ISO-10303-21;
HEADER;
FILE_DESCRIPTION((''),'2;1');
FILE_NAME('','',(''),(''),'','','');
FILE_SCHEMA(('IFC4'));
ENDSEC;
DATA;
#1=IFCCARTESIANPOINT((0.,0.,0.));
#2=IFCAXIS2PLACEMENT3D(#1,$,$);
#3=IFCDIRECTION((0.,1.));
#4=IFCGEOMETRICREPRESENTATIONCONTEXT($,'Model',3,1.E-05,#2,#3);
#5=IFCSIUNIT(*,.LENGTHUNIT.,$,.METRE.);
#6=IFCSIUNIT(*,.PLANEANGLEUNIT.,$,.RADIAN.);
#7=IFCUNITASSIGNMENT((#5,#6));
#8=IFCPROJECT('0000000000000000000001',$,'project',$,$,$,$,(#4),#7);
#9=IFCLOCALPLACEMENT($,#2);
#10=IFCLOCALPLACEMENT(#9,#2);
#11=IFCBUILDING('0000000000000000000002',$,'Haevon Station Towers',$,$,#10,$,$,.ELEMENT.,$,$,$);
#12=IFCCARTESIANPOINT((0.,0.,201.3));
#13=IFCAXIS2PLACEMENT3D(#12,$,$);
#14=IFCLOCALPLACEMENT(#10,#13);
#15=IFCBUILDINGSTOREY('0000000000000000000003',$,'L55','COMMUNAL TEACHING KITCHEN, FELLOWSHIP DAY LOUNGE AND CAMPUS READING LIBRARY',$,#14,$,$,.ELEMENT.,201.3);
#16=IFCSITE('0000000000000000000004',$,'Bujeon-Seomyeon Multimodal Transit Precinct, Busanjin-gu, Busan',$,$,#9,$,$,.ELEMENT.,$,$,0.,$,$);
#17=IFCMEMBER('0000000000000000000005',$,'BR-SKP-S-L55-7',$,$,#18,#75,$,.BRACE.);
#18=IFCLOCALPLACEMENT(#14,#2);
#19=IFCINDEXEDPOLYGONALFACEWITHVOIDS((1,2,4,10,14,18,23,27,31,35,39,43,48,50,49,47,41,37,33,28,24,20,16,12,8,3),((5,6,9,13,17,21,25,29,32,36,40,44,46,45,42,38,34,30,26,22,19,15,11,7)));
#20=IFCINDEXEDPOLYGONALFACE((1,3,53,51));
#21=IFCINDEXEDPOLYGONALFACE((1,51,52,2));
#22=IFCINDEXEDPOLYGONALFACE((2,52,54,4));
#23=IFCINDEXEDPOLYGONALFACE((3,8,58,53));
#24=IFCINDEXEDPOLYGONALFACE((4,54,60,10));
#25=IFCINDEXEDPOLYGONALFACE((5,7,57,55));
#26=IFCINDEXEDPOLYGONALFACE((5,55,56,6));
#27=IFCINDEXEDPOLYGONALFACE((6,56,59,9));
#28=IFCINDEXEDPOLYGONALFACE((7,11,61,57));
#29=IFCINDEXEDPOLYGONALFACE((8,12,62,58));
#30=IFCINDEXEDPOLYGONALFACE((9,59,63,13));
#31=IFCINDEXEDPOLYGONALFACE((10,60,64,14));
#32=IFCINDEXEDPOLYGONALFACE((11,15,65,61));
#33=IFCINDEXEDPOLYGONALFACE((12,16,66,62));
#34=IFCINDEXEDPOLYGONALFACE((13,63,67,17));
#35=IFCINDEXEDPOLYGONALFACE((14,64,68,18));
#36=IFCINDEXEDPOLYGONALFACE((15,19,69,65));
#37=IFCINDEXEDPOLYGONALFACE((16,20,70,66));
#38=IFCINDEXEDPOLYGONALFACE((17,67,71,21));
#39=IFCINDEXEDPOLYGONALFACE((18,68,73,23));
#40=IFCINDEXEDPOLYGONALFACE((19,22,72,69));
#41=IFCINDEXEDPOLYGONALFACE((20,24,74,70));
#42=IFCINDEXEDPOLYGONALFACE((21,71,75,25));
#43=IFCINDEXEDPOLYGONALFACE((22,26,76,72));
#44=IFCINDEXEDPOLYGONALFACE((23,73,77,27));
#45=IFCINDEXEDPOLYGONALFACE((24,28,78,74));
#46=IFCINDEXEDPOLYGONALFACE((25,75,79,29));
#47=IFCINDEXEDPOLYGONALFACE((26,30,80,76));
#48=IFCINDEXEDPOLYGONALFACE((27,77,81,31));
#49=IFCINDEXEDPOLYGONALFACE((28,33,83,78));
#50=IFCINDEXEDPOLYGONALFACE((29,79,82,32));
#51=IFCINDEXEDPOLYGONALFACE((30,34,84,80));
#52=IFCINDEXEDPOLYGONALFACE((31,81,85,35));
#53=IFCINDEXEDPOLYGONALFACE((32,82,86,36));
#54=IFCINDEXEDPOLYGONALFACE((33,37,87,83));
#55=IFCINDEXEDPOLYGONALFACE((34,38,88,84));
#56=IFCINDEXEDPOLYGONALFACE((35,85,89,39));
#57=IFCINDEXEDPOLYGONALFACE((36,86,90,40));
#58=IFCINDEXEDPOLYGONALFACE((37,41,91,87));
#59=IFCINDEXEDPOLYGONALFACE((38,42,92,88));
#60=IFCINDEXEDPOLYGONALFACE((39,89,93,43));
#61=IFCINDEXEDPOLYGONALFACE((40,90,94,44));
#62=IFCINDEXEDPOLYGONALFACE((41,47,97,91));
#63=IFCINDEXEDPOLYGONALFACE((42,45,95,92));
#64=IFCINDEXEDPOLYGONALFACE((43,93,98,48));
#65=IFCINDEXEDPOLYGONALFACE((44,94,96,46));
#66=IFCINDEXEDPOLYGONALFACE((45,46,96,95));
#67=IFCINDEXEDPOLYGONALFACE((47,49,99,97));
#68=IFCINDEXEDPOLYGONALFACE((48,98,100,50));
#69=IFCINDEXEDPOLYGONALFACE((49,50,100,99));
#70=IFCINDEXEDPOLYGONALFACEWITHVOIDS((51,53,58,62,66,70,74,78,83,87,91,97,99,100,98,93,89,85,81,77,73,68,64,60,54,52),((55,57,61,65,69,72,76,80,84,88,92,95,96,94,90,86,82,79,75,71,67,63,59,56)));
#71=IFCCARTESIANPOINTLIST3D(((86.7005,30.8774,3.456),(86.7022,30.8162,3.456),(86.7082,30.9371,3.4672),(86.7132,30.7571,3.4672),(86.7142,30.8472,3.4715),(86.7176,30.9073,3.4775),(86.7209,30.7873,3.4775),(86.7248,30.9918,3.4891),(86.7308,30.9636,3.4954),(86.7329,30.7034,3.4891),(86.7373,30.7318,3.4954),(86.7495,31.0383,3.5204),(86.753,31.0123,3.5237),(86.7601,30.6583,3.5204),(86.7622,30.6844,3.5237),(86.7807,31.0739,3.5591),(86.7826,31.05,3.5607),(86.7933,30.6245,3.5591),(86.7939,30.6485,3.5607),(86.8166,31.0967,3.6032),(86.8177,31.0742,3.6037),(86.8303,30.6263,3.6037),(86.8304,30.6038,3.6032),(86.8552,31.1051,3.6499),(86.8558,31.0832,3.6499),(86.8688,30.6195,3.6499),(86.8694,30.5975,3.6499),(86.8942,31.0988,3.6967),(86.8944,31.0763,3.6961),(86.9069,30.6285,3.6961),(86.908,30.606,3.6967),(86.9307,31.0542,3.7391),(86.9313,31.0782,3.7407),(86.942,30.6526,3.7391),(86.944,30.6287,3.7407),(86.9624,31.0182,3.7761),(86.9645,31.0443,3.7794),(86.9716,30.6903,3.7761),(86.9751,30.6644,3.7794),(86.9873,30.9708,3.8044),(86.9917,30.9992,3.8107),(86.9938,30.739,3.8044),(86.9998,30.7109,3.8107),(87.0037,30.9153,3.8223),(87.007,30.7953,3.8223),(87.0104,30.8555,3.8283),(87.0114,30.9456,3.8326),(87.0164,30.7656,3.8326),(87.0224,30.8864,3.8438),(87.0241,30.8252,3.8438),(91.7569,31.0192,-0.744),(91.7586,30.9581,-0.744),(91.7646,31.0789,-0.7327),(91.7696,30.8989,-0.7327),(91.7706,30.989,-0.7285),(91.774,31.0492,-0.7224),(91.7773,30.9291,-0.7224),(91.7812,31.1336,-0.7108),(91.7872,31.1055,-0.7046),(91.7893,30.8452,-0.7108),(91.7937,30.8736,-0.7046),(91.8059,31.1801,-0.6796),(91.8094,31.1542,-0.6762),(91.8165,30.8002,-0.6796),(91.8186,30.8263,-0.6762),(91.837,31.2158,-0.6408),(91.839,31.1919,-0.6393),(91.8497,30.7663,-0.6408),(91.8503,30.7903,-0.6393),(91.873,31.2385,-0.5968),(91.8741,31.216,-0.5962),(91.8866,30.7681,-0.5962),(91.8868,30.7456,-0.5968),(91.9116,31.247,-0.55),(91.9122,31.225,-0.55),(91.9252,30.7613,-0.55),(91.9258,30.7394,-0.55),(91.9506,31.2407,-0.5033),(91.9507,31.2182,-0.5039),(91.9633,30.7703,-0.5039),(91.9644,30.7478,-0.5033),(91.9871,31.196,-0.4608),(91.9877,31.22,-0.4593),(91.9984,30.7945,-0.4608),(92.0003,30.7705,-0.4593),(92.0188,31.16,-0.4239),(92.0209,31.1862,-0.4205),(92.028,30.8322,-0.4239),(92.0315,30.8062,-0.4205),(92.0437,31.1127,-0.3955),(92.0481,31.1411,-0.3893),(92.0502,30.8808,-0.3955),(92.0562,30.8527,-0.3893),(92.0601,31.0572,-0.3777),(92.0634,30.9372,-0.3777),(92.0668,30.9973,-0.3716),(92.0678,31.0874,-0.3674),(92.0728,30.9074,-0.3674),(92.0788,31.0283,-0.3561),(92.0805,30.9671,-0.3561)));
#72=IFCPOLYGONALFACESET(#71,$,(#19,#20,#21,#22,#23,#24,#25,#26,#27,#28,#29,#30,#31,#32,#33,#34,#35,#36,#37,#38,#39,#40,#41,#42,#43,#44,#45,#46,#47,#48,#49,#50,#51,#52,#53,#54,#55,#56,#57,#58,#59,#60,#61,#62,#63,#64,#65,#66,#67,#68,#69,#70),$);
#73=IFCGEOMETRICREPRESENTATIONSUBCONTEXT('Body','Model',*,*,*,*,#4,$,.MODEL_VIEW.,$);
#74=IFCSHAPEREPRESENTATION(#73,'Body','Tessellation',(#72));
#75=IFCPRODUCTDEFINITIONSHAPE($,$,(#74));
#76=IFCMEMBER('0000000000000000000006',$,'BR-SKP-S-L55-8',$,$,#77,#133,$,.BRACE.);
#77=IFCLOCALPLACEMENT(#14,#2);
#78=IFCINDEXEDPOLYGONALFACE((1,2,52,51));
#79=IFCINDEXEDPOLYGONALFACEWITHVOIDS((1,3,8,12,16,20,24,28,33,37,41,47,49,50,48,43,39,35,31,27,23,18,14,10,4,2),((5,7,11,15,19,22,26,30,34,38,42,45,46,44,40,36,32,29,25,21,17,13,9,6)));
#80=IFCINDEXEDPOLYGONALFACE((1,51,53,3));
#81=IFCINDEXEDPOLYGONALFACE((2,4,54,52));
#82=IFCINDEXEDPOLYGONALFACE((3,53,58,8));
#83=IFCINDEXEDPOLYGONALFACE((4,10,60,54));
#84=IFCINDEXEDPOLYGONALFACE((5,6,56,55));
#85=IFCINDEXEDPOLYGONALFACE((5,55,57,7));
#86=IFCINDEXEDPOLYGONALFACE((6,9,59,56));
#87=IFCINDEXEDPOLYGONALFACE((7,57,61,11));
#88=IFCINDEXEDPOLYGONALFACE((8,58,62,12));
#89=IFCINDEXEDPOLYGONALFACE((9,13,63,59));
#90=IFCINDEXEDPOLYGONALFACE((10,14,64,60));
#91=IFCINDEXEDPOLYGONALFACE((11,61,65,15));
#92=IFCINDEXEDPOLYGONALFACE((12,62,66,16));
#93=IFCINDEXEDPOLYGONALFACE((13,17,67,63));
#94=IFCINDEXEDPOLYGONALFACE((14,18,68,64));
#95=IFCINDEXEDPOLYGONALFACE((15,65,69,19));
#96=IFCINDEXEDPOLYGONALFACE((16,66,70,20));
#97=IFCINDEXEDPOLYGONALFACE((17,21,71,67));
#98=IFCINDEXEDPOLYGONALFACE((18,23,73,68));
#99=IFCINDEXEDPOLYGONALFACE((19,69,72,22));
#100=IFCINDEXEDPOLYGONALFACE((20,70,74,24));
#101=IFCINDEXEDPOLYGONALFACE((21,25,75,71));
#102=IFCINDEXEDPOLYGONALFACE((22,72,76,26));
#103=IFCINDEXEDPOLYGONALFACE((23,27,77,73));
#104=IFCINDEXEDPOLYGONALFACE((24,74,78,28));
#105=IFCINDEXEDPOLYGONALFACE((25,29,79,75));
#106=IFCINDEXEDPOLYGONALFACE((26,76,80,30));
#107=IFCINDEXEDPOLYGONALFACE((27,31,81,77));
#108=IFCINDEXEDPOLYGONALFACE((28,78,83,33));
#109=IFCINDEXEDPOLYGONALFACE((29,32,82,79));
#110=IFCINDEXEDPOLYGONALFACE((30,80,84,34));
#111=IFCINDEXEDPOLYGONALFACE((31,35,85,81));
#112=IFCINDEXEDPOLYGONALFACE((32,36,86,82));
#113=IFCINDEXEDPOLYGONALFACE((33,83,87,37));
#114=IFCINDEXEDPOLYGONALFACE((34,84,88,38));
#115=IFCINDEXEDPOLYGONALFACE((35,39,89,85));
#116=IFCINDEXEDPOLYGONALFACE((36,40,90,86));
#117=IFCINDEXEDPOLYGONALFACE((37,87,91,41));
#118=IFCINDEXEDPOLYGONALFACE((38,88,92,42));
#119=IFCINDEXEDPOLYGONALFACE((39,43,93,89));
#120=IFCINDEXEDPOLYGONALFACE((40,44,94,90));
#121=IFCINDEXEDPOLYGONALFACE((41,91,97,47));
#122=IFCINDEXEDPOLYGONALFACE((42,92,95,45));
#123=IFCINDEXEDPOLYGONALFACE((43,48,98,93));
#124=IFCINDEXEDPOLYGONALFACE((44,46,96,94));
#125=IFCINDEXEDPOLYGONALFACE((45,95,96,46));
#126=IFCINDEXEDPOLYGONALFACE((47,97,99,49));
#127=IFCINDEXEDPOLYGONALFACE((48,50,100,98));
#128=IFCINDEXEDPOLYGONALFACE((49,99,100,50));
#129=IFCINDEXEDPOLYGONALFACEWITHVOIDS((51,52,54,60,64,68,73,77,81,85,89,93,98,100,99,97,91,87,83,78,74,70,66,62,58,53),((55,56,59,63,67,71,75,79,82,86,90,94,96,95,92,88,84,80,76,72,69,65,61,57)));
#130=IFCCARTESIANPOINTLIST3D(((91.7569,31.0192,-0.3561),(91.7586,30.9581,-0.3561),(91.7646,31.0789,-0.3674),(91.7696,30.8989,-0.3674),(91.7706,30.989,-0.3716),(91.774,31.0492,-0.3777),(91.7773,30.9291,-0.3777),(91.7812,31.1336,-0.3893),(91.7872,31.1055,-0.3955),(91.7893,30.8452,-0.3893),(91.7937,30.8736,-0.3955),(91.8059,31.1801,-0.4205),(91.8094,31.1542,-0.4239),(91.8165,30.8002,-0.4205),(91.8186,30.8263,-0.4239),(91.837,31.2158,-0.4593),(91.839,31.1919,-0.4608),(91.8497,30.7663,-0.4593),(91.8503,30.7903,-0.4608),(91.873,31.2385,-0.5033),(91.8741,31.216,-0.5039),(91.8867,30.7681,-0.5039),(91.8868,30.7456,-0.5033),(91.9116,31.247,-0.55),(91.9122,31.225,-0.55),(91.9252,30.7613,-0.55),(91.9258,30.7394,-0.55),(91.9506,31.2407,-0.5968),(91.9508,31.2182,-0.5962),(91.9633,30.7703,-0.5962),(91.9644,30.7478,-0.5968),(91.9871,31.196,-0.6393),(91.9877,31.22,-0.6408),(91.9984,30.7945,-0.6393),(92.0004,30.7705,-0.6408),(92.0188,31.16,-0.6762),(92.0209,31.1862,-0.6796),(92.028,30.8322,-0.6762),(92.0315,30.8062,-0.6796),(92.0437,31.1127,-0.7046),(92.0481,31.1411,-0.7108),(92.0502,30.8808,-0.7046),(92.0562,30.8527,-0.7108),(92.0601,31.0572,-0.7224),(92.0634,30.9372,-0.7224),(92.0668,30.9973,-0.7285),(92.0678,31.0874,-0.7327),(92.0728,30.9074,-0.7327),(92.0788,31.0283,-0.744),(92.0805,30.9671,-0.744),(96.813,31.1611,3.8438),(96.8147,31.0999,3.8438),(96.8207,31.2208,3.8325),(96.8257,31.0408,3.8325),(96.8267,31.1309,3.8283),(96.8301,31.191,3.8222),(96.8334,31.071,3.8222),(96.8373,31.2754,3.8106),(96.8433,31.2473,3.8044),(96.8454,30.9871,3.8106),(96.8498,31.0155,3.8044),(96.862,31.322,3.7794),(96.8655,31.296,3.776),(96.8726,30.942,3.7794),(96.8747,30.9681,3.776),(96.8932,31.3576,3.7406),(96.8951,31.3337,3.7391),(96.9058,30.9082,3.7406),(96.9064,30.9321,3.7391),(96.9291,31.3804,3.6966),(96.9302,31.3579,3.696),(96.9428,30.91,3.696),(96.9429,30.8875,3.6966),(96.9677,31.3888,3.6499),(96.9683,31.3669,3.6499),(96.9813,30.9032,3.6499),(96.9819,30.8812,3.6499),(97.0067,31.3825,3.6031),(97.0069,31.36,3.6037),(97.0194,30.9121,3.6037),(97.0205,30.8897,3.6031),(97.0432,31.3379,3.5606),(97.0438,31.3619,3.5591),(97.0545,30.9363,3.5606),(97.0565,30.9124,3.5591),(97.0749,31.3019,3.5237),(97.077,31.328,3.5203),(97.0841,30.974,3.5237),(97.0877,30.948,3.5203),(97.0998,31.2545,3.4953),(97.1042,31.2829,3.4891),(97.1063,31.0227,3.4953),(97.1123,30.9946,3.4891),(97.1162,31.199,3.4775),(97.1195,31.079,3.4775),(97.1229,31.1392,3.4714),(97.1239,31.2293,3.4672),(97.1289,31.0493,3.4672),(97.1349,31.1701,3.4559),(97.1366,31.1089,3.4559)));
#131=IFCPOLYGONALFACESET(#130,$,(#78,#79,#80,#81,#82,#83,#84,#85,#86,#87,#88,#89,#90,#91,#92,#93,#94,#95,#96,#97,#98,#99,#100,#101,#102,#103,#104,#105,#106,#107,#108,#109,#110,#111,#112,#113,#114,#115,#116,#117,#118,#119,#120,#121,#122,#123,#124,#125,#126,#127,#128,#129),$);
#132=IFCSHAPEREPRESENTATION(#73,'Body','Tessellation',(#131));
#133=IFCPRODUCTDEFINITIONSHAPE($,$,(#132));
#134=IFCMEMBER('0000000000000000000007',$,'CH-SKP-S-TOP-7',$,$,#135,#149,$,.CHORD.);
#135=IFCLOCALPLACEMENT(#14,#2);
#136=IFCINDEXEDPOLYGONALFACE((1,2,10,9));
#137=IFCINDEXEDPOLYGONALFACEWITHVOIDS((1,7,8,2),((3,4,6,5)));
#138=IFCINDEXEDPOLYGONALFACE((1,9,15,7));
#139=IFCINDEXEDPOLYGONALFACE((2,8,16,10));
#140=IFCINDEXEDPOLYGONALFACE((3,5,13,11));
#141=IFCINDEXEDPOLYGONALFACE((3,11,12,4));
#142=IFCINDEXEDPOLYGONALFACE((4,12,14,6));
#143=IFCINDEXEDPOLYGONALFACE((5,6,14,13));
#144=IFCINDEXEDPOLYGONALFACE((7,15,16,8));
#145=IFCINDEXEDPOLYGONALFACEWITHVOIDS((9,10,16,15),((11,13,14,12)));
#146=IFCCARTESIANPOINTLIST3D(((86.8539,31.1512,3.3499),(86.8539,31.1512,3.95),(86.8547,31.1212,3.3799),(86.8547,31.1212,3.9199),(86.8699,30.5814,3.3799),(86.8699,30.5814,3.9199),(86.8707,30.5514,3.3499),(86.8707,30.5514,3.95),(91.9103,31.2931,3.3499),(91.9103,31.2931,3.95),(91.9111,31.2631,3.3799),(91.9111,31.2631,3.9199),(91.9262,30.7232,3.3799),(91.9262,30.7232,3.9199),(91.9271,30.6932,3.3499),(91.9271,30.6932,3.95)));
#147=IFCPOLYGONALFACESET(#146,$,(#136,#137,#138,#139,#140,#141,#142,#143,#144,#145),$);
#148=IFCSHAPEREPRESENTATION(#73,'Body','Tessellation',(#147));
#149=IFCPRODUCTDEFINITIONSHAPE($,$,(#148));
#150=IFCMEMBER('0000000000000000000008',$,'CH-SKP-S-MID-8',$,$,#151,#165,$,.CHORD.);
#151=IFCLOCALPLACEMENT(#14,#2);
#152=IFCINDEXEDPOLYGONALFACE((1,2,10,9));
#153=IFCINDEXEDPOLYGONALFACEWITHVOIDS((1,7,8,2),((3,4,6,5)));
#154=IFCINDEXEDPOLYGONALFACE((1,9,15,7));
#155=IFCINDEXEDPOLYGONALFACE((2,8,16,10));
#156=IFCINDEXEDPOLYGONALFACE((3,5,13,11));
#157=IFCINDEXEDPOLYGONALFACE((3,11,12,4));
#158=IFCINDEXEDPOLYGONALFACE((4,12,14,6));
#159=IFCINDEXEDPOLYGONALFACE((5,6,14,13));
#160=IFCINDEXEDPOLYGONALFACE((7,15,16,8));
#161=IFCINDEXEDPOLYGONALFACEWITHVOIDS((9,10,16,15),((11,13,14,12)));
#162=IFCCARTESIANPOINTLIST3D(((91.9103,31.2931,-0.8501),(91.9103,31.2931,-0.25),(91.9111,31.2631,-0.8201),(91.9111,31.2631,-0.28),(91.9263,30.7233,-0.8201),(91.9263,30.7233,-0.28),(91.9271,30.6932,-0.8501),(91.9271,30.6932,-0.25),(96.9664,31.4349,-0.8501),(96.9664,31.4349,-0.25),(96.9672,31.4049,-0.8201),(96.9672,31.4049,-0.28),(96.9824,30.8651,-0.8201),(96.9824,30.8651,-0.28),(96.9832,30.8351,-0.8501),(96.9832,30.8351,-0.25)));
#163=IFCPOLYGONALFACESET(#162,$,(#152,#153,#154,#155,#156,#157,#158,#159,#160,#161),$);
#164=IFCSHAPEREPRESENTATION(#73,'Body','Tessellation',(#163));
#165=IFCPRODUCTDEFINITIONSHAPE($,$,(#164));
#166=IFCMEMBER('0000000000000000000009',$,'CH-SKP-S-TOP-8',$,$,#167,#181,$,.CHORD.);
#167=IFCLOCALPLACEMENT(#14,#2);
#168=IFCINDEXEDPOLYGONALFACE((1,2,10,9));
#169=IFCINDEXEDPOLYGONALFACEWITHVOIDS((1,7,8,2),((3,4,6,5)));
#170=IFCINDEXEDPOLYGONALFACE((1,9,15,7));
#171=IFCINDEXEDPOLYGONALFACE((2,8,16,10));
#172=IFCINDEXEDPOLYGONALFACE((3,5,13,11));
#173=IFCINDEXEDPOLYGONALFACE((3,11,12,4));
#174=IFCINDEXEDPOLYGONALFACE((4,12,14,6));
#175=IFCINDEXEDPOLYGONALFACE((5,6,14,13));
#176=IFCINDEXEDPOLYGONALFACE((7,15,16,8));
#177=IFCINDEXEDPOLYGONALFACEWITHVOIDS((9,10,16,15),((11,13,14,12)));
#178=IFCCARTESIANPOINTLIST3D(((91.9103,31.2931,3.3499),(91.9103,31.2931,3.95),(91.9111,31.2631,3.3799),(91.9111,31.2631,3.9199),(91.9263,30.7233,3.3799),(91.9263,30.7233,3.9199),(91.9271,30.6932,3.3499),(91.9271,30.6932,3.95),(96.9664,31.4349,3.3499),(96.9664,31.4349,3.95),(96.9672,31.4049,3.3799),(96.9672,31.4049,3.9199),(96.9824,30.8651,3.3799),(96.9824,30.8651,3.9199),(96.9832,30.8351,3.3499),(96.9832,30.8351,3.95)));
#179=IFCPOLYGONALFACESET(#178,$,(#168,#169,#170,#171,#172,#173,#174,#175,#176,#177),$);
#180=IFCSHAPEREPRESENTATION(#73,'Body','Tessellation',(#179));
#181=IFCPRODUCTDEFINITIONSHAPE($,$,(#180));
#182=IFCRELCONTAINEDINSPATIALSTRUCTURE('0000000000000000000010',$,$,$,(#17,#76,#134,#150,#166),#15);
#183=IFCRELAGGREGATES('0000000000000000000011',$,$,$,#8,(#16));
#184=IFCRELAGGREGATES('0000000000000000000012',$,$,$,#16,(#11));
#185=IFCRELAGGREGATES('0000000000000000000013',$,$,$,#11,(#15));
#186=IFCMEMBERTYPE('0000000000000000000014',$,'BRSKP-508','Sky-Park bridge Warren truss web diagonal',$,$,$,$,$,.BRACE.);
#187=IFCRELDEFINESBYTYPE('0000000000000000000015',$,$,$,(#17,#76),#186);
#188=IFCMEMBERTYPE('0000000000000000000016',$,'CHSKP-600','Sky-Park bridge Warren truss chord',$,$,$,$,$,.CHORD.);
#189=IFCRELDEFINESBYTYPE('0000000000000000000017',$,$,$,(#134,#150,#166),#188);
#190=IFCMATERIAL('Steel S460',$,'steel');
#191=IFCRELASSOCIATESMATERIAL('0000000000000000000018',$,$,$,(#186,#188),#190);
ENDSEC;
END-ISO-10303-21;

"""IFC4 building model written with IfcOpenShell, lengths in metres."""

from ifc_helpers import new_model, si_unit, direction, frame, origin, origin_2d, place, context, subcontext, project, spatial, hollow_rectangle, hollow_circle, extrude, material, material_profile, profile_set, type_object, element, save


model = new_model("IFC4")

# Units and contexts
model_context = context("Model", 3, precision=1e-05, world=origin(), true_north=direction((0.0, 1.0)))
body_context = subcontext(model_context, "Body", "Model", "MODEL_VIEW")
ifc_project = project(units=[si_unit("LENGTHUNIT", "METRE"), si_unit("PLANEANGLEUNIT", "RADIAN")], contexts=[model_context])

# Site, building, storey
site_placement = place(None, origin())
site = spatial("IfcSite", under=ifc_project, at=site_placement, Name="Bujeon-Seomyeon Multimodal Transit Precinct, Busanjin-gu, Busan", CompositionType="ELEMENT", RefElevation=0.0)
building_placement = place(site_placement, origin())
building = spatial("IfcBuilding", under=site, at=building_placement, Name="Haevon Station Towers", CompositionType="ELEMENT")
storey_placement = place(building_placement, frame((0.0, 0.0, 201.3)))
storey = spatial("IfcBuildingStorey", under=building, at=storey_placement, Name="L55", Description="COMMUNAL TEACHING KITCHEN, FELLOWSHIP DAY LOUNGE AND CAMPUS READING LIBRARY", CompositionType="ELEMENT", Elevation=201.3)

# Shared definitions
ifc_material_1 = material(Name="Steel S460", Category="steel")

# Members
ifc_material_profile_1 = material_profile(ifc_material_1, hollow_circle(Radius=0.2539, WallThickness=0.022, at=origin_2d()), Name="CHS-508x22")
ifc_profile_set_1 = profile_set([ifc_material_profile_1], Name="Steel S460")
member_type_1 = type_object("IfcMemberType", Name="BRSKP-508", Description="Sky-Park bridge Warren truss web diagonal", PredefinedType="BRACE", material=ifc_profile_set_1)
member_1_placement = place(storey_placement, frame((86.8623, 30.8513, 3.6499), z_axis=(0.769067, 0.021574, -0.638804), x_axis=(-0.028042, 0.999607, 0.0)))
element("IfcMember", 1, at=member_1_placement, inside=storey, type_object=member_type_1, Name="BR-SKP-S-L55-7", PredefinedType="BRACE", context=body_context, shape_type="SweptSolid", body=[
    extrude(hollow_circle(Radius=0.2539, WallThickness=0.022, at=origin_2d()), origin(), (0.0, 0.0, 1.0), 6.5747),
])
member_2_placement = place(storey_placement, frame((91.9187, 30.9932, -0.55), z_axis=(0.769052, 0.021575, 0.638822), x_axis=(-0.028043, 0.999607, 0.0)))
element("IfcMember", 2, at=member_2_placement, inside=storey, type_object=member_type_1, Name="BR-SKP-S-L55-8", PredefinedType="BRACE", context=body_context, shape_type="SweptSolid", body=[
    extrude(hollow_circle(Radius=0.2539, WallThickness=0.022, at=origin_2d()), origin(), (0.0, 0.0, 1.0), 6.5745),
])
ifc_material_profile_2 = material_profile(ifc_material_1, hollow_rectangle(XDim=0.6001, YDim=0.6001, WallThickness=0.03, at=origin_2d()), Name="RHS-600x600x30")
ifc_profile_set_2 = profile_set([ifc_material_profile_2], Name="Steel S460")
member_type_2 = type_object("IfcMemberType", Name="CHSKP-600", Description="Sky-Park bridge Warren truss chord", PredefinedType="CHORD", material=ifc_profile_set_2)
member_3_placement = place(storey_placement, frame((86.8623, 30.8513, 3.6499), z_axis=(0.999607, 0.028042, 0.0), x_axis=(-0.028042, 0.999607, 0.0)))
element("IfcMember", 3, at=member_3_placement, inside=storey, type_object=member_type_2, Name="CH-SKP-S-TOP-7", PredefinedType="CHORD", context=body_context, shape_type="SweptSolid", body=[
    extrude(hollow_rectangle(XDim=0.6001, YDim=0.6001, WallThickness=0.03, at=origin_2d()), origin(), (0.0, 0.0, 1.0), 5.0583),
])
for number, where, z_axis, x_axis, name in (
    (4, (91.9187, 30.9932, -0.55), (0.999607, 0.028043, 0.0), (-0.028043, 0.999607, 0.0), "CH-SKP-S-MID-8"),
    (5, (91.9187, 30.9932, 3.6499), (0.999607, 0.028043, 0.0), (-0.028043, 0.999607, 0.0), "CH-SKP-S-TOP-8"),
):
    element("IfcMember", number, at=place(storey_placement, frame(where, z_axis=z_axis, x_axis=x_axis)), inside=storey, type_object=member_type_2, Name=name, PredefinedType="CHORD", context=body_context, shape_type="SweptSolid", body=[
        extrude(hollow_rectangle(XDim=0.6001, YDim=0.6001, WallThickness=0.03, at=origin_2d()), origin(), (0.0, 0.0, 1.0), 5.0581),
    ])

save(model, "model.ifc")
